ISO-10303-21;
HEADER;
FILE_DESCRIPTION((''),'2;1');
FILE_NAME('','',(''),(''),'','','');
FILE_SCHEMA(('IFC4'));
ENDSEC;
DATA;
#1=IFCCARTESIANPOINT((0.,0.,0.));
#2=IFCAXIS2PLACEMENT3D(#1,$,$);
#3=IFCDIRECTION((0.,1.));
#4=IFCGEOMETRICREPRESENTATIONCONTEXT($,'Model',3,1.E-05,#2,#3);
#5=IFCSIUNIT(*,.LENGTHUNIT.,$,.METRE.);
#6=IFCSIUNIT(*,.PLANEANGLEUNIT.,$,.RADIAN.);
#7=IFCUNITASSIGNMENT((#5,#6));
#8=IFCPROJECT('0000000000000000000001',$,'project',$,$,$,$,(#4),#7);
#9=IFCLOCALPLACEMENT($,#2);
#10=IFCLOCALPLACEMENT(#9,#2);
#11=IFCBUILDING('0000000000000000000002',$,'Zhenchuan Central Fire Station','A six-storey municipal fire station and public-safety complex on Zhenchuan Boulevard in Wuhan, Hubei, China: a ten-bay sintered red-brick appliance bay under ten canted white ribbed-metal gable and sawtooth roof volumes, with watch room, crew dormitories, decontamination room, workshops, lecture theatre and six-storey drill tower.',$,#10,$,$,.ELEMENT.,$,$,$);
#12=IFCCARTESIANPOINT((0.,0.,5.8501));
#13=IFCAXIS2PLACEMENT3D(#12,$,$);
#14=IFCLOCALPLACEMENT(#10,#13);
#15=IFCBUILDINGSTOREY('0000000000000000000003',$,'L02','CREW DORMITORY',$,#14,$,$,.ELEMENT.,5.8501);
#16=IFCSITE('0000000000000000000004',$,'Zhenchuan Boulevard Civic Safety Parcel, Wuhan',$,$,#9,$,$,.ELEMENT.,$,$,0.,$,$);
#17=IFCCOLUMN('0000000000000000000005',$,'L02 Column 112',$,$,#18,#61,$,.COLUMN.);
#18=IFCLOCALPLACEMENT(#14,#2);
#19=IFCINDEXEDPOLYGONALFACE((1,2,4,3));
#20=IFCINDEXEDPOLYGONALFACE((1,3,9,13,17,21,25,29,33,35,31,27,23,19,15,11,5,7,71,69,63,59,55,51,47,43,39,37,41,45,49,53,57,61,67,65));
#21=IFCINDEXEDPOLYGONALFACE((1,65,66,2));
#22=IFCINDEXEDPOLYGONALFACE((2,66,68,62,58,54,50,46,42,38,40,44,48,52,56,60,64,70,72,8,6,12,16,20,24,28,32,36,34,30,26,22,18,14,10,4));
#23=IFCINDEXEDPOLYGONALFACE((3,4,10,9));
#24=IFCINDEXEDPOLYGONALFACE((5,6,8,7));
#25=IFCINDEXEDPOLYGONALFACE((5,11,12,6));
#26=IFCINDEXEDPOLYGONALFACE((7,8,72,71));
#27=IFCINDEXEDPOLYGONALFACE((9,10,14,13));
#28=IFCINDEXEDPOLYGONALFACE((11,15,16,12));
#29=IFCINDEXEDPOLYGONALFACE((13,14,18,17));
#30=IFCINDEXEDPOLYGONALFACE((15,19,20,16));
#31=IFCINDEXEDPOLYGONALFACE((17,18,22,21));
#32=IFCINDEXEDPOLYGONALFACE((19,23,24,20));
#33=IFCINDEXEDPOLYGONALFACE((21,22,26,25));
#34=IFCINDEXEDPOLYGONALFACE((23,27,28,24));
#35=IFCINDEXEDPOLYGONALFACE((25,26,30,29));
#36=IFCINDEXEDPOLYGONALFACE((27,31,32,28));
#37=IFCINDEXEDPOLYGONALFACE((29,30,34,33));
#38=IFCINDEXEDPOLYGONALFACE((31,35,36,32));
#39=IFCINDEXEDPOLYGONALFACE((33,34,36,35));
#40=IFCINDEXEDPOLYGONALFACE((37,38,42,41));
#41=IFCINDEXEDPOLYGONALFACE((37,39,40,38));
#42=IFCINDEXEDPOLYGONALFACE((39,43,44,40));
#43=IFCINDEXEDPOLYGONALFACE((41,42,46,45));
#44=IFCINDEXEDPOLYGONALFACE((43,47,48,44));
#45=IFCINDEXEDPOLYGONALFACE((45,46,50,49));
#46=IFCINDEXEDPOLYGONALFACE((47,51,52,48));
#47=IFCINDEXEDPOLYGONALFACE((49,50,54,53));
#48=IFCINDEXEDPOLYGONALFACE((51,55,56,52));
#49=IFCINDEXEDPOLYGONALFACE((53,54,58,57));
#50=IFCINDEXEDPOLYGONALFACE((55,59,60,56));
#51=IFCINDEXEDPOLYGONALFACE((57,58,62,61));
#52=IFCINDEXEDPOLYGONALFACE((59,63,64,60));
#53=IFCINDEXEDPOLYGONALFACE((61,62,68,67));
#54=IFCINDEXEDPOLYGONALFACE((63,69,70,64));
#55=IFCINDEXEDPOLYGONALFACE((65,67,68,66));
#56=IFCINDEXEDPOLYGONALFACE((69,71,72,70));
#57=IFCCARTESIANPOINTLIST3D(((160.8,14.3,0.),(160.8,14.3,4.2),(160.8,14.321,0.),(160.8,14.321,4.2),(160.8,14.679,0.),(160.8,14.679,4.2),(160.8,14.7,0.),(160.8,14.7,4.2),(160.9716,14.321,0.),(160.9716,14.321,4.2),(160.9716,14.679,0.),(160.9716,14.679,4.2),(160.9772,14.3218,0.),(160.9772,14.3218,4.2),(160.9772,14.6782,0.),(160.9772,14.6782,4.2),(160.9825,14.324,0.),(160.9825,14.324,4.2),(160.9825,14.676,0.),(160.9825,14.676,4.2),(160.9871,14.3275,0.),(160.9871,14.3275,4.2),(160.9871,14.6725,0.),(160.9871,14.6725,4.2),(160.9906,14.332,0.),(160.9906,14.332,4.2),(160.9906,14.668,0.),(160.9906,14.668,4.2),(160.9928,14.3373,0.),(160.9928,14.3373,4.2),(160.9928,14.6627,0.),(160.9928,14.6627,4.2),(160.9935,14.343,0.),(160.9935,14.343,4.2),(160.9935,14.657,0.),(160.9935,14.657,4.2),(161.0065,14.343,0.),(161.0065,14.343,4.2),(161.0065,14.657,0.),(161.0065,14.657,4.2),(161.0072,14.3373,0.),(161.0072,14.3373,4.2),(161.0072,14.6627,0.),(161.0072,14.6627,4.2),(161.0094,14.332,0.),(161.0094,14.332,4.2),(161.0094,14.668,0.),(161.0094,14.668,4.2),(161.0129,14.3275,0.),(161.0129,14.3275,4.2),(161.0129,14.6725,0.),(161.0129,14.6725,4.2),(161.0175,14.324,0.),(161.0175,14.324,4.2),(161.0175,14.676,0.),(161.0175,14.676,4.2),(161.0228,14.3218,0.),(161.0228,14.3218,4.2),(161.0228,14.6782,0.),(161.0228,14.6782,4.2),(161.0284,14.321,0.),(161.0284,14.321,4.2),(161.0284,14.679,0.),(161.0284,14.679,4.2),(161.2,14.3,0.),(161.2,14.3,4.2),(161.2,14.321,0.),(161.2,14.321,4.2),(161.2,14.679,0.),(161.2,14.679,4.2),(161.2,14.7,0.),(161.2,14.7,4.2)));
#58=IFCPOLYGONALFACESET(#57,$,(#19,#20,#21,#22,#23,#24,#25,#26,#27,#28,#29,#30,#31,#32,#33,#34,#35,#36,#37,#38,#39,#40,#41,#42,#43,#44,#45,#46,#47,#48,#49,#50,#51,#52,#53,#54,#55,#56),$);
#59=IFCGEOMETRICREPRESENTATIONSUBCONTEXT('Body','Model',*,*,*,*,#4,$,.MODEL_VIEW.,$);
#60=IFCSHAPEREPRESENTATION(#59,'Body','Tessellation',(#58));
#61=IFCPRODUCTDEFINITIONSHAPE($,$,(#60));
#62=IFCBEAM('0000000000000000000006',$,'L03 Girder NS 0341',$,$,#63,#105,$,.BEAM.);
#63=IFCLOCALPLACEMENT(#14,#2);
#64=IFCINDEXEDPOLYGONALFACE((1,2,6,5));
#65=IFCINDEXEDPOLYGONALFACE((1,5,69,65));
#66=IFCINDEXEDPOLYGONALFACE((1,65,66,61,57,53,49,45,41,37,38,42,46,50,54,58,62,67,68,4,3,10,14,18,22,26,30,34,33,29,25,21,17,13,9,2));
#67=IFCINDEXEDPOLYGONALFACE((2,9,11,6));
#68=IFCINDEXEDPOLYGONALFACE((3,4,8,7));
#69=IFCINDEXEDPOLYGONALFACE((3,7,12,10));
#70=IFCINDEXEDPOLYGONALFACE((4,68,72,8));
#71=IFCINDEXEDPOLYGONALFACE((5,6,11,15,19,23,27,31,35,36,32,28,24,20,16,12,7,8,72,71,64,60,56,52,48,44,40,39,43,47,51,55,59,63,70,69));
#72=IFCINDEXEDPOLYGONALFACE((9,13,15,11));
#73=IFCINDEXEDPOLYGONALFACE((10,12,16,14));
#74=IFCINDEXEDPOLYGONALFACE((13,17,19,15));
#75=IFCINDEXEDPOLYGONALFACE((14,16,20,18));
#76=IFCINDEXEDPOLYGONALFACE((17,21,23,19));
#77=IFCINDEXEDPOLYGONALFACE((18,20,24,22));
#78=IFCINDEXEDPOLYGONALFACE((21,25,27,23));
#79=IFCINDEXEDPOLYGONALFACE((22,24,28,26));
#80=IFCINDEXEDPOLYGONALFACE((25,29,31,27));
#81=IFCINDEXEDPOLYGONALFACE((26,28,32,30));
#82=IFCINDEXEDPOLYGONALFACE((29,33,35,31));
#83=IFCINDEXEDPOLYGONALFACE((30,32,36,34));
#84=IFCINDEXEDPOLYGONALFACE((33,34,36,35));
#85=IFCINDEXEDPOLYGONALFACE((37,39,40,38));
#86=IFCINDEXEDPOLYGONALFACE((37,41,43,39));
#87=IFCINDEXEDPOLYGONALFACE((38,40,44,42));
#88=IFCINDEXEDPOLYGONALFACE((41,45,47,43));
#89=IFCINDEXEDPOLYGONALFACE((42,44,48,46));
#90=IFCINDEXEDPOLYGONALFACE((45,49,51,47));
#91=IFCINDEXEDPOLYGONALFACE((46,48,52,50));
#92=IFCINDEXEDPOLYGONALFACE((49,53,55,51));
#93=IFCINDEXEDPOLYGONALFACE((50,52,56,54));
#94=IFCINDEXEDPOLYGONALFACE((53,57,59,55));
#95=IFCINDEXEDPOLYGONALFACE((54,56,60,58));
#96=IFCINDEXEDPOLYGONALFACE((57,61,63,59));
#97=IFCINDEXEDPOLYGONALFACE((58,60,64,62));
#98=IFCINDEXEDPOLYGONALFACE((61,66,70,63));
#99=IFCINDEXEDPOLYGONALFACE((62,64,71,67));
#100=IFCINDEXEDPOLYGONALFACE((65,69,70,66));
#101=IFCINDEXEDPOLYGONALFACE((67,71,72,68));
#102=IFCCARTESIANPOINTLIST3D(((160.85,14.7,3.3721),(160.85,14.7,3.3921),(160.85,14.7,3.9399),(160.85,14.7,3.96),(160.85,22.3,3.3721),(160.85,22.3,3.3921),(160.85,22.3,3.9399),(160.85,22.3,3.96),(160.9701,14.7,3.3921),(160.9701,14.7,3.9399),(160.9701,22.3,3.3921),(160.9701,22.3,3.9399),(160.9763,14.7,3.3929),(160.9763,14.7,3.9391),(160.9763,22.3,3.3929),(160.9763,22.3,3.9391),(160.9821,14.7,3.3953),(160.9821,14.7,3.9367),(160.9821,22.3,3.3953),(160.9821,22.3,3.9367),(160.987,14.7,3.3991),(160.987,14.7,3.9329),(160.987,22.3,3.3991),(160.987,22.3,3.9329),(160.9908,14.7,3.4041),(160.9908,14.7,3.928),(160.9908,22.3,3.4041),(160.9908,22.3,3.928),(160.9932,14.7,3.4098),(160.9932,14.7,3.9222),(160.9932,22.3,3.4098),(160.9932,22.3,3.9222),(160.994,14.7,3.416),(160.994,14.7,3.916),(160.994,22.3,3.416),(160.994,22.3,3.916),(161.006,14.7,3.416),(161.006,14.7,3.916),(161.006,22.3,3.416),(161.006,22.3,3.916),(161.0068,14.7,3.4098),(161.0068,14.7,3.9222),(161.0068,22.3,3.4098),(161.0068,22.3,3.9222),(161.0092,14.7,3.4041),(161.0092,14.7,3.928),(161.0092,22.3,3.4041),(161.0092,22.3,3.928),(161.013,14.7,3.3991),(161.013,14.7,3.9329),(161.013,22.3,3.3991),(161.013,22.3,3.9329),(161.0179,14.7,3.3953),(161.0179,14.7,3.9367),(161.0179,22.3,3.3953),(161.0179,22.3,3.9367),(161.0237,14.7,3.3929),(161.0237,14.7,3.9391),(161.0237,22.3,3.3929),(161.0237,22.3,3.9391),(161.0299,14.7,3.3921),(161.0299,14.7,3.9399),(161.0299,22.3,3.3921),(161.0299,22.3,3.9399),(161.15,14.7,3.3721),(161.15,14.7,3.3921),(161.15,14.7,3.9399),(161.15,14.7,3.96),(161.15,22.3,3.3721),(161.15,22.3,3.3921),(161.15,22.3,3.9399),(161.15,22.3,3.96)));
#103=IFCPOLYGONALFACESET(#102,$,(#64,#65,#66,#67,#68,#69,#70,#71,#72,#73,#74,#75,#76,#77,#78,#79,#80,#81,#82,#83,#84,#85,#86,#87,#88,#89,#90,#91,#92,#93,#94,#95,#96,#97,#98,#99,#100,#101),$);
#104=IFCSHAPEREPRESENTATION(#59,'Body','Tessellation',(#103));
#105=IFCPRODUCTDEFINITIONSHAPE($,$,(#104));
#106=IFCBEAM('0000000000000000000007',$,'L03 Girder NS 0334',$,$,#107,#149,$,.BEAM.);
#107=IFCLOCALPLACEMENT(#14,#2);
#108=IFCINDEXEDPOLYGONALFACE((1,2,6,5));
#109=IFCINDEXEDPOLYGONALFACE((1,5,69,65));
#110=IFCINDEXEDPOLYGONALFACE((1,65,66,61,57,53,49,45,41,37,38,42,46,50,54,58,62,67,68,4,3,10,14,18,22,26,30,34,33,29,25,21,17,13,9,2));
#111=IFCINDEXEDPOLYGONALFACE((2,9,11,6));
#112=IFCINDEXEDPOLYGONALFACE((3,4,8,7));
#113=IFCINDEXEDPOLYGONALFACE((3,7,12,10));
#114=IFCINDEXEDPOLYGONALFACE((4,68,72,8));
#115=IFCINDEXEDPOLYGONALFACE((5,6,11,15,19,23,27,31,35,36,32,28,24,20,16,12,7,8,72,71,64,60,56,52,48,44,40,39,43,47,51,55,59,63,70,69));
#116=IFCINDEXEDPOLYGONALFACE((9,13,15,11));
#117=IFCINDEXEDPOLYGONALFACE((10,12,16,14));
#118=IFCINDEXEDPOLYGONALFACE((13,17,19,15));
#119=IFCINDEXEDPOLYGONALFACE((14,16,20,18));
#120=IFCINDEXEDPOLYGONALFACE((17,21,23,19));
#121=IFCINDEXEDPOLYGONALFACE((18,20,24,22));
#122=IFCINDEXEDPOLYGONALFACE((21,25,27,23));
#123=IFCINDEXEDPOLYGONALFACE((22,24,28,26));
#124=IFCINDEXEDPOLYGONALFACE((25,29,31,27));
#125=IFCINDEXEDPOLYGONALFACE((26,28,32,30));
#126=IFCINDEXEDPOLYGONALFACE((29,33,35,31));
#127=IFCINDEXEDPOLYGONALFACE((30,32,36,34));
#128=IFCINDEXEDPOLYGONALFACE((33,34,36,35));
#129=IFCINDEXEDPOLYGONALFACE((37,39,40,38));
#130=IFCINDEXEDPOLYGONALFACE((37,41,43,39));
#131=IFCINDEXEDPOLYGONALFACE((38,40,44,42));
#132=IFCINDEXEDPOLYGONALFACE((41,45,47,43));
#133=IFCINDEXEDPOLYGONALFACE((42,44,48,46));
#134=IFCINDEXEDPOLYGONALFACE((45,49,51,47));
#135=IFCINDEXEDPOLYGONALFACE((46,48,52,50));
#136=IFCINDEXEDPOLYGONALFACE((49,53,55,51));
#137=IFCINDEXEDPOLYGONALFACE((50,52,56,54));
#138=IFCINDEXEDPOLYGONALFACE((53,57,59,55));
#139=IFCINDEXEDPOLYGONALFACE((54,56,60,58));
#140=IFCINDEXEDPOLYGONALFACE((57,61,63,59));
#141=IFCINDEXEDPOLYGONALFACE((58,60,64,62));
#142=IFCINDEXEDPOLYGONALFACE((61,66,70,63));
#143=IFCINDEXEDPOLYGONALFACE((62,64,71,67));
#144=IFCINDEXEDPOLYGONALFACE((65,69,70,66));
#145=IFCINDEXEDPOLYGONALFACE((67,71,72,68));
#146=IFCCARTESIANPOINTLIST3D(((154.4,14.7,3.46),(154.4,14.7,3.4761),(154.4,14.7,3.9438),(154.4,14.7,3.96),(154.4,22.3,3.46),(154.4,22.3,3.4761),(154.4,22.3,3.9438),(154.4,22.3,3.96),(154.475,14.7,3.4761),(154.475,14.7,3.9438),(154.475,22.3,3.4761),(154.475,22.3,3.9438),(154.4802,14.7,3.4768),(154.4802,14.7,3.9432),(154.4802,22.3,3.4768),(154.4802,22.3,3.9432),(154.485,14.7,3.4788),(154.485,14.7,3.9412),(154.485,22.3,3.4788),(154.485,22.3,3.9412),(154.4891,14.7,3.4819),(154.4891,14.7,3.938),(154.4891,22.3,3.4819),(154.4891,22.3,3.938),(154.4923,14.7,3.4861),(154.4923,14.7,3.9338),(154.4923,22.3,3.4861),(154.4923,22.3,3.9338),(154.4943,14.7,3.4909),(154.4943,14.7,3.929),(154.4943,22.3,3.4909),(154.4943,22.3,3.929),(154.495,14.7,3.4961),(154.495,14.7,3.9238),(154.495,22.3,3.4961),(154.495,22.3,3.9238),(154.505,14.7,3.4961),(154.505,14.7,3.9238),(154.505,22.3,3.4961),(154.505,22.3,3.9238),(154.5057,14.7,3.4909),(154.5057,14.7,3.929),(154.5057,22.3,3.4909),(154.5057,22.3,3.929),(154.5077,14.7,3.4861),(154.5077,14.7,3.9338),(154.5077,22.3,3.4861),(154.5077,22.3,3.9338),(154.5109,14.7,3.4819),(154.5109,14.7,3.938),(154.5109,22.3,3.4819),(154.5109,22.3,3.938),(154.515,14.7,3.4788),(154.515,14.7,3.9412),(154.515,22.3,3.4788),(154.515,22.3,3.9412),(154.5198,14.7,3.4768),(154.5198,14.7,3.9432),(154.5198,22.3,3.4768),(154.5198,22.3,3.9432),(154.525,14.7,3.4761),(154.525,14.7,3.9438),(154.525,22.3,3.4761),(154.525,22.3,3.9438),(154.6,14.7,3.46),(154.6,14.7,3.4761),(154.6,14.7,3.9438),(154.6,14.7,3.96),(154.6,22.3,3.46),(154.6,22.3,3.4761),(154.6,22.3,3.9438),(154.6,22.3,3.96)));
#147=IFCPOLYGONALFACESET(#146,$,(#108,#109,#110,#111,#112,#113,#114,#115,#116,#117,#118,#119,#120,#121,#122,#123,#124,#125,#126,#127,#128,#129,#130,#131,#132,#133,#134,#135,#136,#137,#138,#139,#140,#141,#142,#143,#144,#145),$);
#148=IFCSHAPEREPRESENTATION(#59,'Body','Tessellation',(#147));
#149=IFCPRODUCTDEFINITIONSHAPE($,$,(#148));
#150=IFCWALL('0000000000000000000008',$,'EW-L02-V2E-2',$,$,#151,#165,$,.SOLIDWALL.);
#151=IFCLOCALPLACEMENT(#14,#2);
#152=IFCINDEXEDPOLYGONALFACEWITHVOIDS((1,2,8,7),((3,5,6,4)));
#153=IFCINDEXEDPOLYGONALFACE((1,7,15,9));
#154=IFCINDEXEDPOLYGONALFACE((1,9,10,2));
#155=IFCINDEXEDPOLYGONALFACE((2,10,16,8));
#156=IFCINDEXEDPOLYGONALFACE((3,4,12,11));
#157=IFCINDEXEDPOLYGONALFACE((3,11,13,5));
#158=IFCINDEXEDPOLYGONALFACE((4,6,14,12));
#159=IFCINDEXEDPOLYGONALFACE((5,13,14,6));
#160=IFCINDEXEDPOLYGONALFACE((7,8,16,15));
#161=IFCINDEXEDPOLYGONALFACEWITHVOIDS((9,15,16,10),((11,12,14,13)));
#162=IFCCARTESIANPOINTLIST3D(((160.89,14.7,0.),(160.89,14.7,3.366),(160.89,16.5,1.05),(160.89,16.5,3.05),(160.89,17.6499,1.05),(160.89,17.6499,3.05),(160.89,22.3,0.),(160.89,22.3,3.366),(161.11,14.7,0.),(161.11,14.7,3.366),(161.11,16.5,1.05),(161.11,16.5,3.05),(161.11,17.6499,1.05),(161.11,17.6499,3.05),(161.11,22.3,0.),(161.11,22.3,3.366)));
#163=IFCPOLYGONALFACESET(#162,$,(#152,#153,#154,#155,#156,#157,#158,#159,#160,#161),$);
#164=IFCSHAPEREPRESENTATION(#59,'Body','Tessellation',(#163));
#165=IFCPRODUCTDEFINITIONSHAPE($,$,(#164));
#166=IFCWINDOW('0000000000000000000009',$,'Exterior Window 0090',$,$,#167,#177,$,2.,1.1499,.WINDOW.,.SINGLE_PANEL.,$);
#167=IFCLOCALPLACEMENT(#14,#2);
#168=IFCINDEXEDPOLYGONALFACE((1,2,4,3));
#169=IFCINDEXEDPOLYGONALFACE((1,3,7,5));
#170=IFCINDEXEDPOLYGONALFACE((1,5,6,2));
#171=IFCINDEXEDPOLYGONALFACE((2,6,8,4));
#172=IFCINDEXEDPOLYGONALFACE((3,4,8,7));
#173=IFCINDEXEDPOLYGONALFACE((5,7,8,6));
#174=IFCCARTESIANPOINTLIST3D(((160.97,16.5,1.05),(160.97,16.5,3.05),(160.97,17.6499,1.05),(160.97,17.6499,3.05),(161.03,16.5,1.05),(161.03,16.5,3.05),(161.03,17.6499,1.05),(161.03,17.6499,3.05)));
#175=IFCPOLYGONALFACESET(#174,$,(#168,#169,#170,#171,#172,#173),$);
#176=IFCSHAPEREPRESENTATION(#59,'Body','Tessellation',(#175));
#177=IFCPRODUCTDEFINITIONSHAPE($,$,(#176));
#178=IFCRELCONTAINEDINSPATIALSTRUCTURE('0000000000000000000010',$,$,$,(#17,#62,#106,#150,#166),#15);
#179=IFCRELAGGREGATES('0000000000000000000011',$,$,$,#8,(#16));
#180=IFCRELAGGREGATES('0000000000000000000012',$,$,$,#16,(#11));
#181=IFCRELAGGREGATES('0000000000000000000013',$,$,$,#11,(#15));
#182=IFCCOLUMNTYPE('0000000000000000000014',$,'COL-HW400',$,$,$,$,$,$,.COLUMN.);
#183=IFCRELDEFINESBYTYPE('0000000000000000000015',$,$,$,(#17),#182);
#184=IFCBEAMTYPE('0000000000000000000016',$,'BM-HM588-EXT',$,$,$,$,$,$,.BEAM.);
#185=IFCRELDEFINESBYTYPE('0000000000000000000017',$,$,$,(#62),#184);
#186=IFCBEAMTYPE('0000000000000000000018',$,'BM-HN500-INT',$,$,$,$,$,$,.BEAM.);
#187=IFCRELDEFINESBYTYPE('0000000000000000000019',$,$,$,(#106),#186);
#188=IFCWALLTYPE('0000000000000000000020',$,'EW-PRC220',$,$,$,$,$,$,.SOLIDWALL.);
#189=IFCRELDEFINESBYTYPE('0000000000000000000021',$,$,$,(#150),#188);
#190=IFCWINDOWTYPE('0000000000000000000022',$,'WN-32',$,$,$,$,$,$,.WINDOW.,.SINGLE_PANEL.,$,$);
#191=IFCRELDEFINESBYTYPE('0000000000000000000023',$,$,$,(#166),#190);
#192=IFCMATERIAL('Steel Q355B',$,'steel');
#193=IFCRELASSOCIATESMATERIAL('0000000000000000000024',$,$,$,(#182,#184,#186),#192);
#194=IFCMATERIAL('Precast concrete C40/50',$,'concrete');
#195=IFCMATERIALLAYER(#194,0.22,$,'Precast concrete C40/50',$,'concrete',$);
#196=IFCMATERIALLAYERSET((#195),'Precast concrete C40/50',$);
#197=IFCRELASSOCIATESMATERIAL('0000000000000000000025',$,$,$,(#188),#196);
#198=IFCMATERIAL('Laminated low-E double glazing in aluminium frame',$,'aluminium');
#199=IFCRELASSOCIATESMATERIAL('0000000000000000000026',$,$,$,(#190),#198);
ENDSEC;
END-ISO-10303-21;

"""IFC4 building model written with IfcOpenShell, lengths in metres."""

from ifc_helpers import new_model, si_unit, direction, frame, frame_2d, origin, origin_2d, place, context, subcontext, project, spatial, rectangle, i_section, extrude, material, layer, layer_set, material_profile, profile_set, type_object, element, fill, save


model = new_model("IFC4")

# Units and contexts
model_context = context("Model", 3, precision=1e-05, world=origin(), true_north=direction((0.0, 1.0)))
body_context = subcontext(model_context, "Body", "Model", "MODEL_VIEW")
ifc_project = project(units=[si_unit("LENGTHUNIT", "METRE"), si_unit("PLANEANGLEUNIT", "RADIAN")], contexts=[model_context])

# Site, building, storey
site_placement = place(None, origin())
site = spatial("IfcSite", under=ifc_project, at=site_placement, Name="Zhenchuan Boulevard Civic Safety Parcel, Wuhan", CompositionType="ELEMENT", RefElevation=0.0)
building_placement = place(site_placement, origin())
building = spatial("IfcBuilding", under=site, at=building_placement, Name="Zhenchuan Central Fire Station", Description="A six-storey municipal fire station and public-safety complex on Zhenchuan Boulevard in Wuhan, Hubei, China: a ten-bay sintered red-brick appliance bay under ten canted white ribbed-metal gable and sawtooth roof volumes, with watch room, crew dormitories, decontamination room, workshops, lecture theatre and six-storey drill tower.", CompositionType="ELEMENT")
storey_placement = place(building_placement, frame((0.0, 0.0, 5.8501)))
storey = spatial("IfcBuildingStorey", under=building, at=storey_placement, Name="L02", Description="CREW DORMITORY", CompositionType="ELEMENT", Elevation=5.8501)

# Column
ifc_material_1 = material(Name="Steel Q355B", Category="steel")
ifc_material_profile_1 = material_profile(ifc_material_1, i_section(OverallWidth=0.3999, OverallDepth=0.3999, WebThickness=0.0129, FlangeThickness=0.021, FilletRadius=0.022, at=origin_2d()), Name="HW 400x400")
ifc_profile_set_1 = profile_set([ifc_material_profile_1], Name="Steel Q355B")
column_type = type_object("IfcColumnType", Name="COL-HW400", PredefinedType="COLUMN", material=ifc_profile_set_1)
column_placement = place(storey_placement, frame((161.0, 14.5, 0.0), z_axis=(0.0, 0.0, 1.0), x_axis=(1.0, 0.0, 0.0)))
element("IfcColumn", 1, at=column_placement, inside=storey, type_object=column_type, Name="L02 Column 112", PredefinedType="COLUMN", context=body_context, shape_type="SweptSolid", body=[
    extrude(i_section(OverallWidth=0.3999, OverallDepth=0.3999, WebThickness=0.0129, FlangeThickness=0.021, FilletRadius=0.022, at=origin_2d()), origin(), (0.0, 0.0, 1.0), 4.2),
])

# Beams
ifc_material_profile_2 = material_profile(ifc_material_1, i_section(OverallWidth=0.3, OverallDepth=0.5879, WebThickness=0.012, FlangeThickness=0.02, FilletRadius=0.0239, at=origin_2d()), Name="HM 588x300")
ifc_profile_set_2 = profile_set([ifc_material_profile_2], Name="Steel Q355B")
beam_type_1 = type_object("IfcBeamType", Name="BM-HM588-EXT", PredefinedType="BEAM", material=ifc_profile_set_2)
beam_1_placement = place(storey_placement, frame((161.0, 14.7, 3.666), z_axis=(0.0, 1.0, 0.0), x_axis=(-1.0, 0.0, 0.0)))
element("IfcBeam", 2, at=beam_1_placement, inside=storey, type_object=beam_type_1, Name="L03 Girder NS 0341", PredefinedType="BEAM", context=body_context, shape_type="SweptSolid", body=[
    extrude(i_section(OverallWidth=0.3, OverallDepth=0.5879, WebThickness=0.012, FlangeThickness=0.02, FilletRadius=0.0239, at=origin_2d()), origin(), (0.0, 0.0, 1.0), 7.6001),
])
ifc_material_profile_3 = material_profile(ifc_material_1, i_section(OverallWidth=0.2, OverallDepth=0.5, WebThickness=0.01, FlangeThickness=0.0161, FilletRadius=0.02, at=origin_2d()), Name="HN 500x200")
ifc_profile_set_3 = profile_set([ifc_material_profile_3], Name="Steel Q355B")
beam_type_2 = type_object("IfcBeamType", Name="BM-HN500-INT", PredefinedType="BEAM", material=ifc_profile_set_3)
beam_2_placement = place(storey_placement, frame((154.5, 14.7, 3.71), z_axis=(0.0, 1.0, 0.0), x_axis=(-1.0, 0.0, 0.0)))
element("IfcBeam", 3, at=beam_2_placement, inside=storey, type_object=beam_type_2, Name="L03 Girder NS 0334", PredefinedType="BEAM", context=body_context, shape_type="SweptSolid", body=[
    extrude(i_section(OverallWidth=0.2, OverallDepth=0.5, WebThickness=0.01, FlangeThickness=0.0161, FilletRadius=0.02, at=origin_2d()), origin(), (0.0, 0.0, 1.0), 7.6001),
])

# Wall, opening, window
ifc_material_2 = material(Name="Precast concrete C40/50", Category="concrete")
ifc_layer_1 = layer(ifc_material_2, 0.22, Name="Precast concrete C40/50", Category="concrete")
ifc_layer_set_1 = layer_set([ifc_layer_1], Name="Precast concrete C40/50")
wall_type_1 = type_object("IfcWallType", Name="EW-PRC220", PredefinedType="SOLIDWALL", material=ifc_layer_set_1)
wall_1_placement = place(storey_placement, frame((161.0, 14.7, 0.0), z_axis=(0.0, 0.0, 1.0), x_axis=(0.0, 1.0, 0.0)))
wall_1 = element("IfcWall", 4, at=wall_1_placement, inside=storey, type_object=wall_type_1, Name="EW-L02-V2E-2", PredefinedType="SOLIDWALL", context=body_context, shape_type="SweptSolid", body=[
    extrude(rectangle(XDim=7.6001, YDim=0.22, at=frame_2d((3.8, 0.0))), origin(), (0.0, 0.0, 1.0), 3.366),
])
opening_1_placement = place(wall_1_placement, frame((1.8, 0.0, 1.05)))
opening_1 = element("IfcOpeningElement", 5, at=opening_1_placement, cuts=wall_1, PredefinedType="OPENING", context=body_context, shape_type="SweptSolid", body=[
    extrude(rectangle(XDim=1.1499, YDim=2.0, at=frame_2d((0.575, 1.0))), frame((0.0, 0.1199, 0.0), z_axis=(0.0, -1.0, 0.0), x_axis=(1.0, 0.0, 0.0)), (0.0, 0.0, 1.0), 0.24),
])
ifc_material_3 = material(Name="Laminated low-E double glazing in aluminium frame", Category="aluminium")
window_type = type_object("IfcWindowType", Name="WN-32", PartitioningType="SINGLE_PANEL", PredefinedType="WINDOW", material=ifc_material_3)
window_placement = place(opening_1_placement, origin())
window = element("IfcWindow", 6, at=window_placement, inside=storey, type_object=window_type, Name="Exterior Window 0090", OverallHeight=2.0, OverallWidth=1.1499, PartitioningType="SINGLE_PANEL", PredefinedType="WINDOW", context=body_context, shape_type="SweptSolid", body=[
    extrude(rectangle(XDim=1.1499, YDim=2.0, at=frame_2d((0.575, 1.0))), frame((0.0, 0.03, 0.0), z_axis=(0.0, -1.0, 0.0), x_axis=(1.0, 0.0, 0.0)), (0.0, 0.0, 1.0), 0.0601),
])
fill(opening_1, window)

save(model, "model.ifc")
